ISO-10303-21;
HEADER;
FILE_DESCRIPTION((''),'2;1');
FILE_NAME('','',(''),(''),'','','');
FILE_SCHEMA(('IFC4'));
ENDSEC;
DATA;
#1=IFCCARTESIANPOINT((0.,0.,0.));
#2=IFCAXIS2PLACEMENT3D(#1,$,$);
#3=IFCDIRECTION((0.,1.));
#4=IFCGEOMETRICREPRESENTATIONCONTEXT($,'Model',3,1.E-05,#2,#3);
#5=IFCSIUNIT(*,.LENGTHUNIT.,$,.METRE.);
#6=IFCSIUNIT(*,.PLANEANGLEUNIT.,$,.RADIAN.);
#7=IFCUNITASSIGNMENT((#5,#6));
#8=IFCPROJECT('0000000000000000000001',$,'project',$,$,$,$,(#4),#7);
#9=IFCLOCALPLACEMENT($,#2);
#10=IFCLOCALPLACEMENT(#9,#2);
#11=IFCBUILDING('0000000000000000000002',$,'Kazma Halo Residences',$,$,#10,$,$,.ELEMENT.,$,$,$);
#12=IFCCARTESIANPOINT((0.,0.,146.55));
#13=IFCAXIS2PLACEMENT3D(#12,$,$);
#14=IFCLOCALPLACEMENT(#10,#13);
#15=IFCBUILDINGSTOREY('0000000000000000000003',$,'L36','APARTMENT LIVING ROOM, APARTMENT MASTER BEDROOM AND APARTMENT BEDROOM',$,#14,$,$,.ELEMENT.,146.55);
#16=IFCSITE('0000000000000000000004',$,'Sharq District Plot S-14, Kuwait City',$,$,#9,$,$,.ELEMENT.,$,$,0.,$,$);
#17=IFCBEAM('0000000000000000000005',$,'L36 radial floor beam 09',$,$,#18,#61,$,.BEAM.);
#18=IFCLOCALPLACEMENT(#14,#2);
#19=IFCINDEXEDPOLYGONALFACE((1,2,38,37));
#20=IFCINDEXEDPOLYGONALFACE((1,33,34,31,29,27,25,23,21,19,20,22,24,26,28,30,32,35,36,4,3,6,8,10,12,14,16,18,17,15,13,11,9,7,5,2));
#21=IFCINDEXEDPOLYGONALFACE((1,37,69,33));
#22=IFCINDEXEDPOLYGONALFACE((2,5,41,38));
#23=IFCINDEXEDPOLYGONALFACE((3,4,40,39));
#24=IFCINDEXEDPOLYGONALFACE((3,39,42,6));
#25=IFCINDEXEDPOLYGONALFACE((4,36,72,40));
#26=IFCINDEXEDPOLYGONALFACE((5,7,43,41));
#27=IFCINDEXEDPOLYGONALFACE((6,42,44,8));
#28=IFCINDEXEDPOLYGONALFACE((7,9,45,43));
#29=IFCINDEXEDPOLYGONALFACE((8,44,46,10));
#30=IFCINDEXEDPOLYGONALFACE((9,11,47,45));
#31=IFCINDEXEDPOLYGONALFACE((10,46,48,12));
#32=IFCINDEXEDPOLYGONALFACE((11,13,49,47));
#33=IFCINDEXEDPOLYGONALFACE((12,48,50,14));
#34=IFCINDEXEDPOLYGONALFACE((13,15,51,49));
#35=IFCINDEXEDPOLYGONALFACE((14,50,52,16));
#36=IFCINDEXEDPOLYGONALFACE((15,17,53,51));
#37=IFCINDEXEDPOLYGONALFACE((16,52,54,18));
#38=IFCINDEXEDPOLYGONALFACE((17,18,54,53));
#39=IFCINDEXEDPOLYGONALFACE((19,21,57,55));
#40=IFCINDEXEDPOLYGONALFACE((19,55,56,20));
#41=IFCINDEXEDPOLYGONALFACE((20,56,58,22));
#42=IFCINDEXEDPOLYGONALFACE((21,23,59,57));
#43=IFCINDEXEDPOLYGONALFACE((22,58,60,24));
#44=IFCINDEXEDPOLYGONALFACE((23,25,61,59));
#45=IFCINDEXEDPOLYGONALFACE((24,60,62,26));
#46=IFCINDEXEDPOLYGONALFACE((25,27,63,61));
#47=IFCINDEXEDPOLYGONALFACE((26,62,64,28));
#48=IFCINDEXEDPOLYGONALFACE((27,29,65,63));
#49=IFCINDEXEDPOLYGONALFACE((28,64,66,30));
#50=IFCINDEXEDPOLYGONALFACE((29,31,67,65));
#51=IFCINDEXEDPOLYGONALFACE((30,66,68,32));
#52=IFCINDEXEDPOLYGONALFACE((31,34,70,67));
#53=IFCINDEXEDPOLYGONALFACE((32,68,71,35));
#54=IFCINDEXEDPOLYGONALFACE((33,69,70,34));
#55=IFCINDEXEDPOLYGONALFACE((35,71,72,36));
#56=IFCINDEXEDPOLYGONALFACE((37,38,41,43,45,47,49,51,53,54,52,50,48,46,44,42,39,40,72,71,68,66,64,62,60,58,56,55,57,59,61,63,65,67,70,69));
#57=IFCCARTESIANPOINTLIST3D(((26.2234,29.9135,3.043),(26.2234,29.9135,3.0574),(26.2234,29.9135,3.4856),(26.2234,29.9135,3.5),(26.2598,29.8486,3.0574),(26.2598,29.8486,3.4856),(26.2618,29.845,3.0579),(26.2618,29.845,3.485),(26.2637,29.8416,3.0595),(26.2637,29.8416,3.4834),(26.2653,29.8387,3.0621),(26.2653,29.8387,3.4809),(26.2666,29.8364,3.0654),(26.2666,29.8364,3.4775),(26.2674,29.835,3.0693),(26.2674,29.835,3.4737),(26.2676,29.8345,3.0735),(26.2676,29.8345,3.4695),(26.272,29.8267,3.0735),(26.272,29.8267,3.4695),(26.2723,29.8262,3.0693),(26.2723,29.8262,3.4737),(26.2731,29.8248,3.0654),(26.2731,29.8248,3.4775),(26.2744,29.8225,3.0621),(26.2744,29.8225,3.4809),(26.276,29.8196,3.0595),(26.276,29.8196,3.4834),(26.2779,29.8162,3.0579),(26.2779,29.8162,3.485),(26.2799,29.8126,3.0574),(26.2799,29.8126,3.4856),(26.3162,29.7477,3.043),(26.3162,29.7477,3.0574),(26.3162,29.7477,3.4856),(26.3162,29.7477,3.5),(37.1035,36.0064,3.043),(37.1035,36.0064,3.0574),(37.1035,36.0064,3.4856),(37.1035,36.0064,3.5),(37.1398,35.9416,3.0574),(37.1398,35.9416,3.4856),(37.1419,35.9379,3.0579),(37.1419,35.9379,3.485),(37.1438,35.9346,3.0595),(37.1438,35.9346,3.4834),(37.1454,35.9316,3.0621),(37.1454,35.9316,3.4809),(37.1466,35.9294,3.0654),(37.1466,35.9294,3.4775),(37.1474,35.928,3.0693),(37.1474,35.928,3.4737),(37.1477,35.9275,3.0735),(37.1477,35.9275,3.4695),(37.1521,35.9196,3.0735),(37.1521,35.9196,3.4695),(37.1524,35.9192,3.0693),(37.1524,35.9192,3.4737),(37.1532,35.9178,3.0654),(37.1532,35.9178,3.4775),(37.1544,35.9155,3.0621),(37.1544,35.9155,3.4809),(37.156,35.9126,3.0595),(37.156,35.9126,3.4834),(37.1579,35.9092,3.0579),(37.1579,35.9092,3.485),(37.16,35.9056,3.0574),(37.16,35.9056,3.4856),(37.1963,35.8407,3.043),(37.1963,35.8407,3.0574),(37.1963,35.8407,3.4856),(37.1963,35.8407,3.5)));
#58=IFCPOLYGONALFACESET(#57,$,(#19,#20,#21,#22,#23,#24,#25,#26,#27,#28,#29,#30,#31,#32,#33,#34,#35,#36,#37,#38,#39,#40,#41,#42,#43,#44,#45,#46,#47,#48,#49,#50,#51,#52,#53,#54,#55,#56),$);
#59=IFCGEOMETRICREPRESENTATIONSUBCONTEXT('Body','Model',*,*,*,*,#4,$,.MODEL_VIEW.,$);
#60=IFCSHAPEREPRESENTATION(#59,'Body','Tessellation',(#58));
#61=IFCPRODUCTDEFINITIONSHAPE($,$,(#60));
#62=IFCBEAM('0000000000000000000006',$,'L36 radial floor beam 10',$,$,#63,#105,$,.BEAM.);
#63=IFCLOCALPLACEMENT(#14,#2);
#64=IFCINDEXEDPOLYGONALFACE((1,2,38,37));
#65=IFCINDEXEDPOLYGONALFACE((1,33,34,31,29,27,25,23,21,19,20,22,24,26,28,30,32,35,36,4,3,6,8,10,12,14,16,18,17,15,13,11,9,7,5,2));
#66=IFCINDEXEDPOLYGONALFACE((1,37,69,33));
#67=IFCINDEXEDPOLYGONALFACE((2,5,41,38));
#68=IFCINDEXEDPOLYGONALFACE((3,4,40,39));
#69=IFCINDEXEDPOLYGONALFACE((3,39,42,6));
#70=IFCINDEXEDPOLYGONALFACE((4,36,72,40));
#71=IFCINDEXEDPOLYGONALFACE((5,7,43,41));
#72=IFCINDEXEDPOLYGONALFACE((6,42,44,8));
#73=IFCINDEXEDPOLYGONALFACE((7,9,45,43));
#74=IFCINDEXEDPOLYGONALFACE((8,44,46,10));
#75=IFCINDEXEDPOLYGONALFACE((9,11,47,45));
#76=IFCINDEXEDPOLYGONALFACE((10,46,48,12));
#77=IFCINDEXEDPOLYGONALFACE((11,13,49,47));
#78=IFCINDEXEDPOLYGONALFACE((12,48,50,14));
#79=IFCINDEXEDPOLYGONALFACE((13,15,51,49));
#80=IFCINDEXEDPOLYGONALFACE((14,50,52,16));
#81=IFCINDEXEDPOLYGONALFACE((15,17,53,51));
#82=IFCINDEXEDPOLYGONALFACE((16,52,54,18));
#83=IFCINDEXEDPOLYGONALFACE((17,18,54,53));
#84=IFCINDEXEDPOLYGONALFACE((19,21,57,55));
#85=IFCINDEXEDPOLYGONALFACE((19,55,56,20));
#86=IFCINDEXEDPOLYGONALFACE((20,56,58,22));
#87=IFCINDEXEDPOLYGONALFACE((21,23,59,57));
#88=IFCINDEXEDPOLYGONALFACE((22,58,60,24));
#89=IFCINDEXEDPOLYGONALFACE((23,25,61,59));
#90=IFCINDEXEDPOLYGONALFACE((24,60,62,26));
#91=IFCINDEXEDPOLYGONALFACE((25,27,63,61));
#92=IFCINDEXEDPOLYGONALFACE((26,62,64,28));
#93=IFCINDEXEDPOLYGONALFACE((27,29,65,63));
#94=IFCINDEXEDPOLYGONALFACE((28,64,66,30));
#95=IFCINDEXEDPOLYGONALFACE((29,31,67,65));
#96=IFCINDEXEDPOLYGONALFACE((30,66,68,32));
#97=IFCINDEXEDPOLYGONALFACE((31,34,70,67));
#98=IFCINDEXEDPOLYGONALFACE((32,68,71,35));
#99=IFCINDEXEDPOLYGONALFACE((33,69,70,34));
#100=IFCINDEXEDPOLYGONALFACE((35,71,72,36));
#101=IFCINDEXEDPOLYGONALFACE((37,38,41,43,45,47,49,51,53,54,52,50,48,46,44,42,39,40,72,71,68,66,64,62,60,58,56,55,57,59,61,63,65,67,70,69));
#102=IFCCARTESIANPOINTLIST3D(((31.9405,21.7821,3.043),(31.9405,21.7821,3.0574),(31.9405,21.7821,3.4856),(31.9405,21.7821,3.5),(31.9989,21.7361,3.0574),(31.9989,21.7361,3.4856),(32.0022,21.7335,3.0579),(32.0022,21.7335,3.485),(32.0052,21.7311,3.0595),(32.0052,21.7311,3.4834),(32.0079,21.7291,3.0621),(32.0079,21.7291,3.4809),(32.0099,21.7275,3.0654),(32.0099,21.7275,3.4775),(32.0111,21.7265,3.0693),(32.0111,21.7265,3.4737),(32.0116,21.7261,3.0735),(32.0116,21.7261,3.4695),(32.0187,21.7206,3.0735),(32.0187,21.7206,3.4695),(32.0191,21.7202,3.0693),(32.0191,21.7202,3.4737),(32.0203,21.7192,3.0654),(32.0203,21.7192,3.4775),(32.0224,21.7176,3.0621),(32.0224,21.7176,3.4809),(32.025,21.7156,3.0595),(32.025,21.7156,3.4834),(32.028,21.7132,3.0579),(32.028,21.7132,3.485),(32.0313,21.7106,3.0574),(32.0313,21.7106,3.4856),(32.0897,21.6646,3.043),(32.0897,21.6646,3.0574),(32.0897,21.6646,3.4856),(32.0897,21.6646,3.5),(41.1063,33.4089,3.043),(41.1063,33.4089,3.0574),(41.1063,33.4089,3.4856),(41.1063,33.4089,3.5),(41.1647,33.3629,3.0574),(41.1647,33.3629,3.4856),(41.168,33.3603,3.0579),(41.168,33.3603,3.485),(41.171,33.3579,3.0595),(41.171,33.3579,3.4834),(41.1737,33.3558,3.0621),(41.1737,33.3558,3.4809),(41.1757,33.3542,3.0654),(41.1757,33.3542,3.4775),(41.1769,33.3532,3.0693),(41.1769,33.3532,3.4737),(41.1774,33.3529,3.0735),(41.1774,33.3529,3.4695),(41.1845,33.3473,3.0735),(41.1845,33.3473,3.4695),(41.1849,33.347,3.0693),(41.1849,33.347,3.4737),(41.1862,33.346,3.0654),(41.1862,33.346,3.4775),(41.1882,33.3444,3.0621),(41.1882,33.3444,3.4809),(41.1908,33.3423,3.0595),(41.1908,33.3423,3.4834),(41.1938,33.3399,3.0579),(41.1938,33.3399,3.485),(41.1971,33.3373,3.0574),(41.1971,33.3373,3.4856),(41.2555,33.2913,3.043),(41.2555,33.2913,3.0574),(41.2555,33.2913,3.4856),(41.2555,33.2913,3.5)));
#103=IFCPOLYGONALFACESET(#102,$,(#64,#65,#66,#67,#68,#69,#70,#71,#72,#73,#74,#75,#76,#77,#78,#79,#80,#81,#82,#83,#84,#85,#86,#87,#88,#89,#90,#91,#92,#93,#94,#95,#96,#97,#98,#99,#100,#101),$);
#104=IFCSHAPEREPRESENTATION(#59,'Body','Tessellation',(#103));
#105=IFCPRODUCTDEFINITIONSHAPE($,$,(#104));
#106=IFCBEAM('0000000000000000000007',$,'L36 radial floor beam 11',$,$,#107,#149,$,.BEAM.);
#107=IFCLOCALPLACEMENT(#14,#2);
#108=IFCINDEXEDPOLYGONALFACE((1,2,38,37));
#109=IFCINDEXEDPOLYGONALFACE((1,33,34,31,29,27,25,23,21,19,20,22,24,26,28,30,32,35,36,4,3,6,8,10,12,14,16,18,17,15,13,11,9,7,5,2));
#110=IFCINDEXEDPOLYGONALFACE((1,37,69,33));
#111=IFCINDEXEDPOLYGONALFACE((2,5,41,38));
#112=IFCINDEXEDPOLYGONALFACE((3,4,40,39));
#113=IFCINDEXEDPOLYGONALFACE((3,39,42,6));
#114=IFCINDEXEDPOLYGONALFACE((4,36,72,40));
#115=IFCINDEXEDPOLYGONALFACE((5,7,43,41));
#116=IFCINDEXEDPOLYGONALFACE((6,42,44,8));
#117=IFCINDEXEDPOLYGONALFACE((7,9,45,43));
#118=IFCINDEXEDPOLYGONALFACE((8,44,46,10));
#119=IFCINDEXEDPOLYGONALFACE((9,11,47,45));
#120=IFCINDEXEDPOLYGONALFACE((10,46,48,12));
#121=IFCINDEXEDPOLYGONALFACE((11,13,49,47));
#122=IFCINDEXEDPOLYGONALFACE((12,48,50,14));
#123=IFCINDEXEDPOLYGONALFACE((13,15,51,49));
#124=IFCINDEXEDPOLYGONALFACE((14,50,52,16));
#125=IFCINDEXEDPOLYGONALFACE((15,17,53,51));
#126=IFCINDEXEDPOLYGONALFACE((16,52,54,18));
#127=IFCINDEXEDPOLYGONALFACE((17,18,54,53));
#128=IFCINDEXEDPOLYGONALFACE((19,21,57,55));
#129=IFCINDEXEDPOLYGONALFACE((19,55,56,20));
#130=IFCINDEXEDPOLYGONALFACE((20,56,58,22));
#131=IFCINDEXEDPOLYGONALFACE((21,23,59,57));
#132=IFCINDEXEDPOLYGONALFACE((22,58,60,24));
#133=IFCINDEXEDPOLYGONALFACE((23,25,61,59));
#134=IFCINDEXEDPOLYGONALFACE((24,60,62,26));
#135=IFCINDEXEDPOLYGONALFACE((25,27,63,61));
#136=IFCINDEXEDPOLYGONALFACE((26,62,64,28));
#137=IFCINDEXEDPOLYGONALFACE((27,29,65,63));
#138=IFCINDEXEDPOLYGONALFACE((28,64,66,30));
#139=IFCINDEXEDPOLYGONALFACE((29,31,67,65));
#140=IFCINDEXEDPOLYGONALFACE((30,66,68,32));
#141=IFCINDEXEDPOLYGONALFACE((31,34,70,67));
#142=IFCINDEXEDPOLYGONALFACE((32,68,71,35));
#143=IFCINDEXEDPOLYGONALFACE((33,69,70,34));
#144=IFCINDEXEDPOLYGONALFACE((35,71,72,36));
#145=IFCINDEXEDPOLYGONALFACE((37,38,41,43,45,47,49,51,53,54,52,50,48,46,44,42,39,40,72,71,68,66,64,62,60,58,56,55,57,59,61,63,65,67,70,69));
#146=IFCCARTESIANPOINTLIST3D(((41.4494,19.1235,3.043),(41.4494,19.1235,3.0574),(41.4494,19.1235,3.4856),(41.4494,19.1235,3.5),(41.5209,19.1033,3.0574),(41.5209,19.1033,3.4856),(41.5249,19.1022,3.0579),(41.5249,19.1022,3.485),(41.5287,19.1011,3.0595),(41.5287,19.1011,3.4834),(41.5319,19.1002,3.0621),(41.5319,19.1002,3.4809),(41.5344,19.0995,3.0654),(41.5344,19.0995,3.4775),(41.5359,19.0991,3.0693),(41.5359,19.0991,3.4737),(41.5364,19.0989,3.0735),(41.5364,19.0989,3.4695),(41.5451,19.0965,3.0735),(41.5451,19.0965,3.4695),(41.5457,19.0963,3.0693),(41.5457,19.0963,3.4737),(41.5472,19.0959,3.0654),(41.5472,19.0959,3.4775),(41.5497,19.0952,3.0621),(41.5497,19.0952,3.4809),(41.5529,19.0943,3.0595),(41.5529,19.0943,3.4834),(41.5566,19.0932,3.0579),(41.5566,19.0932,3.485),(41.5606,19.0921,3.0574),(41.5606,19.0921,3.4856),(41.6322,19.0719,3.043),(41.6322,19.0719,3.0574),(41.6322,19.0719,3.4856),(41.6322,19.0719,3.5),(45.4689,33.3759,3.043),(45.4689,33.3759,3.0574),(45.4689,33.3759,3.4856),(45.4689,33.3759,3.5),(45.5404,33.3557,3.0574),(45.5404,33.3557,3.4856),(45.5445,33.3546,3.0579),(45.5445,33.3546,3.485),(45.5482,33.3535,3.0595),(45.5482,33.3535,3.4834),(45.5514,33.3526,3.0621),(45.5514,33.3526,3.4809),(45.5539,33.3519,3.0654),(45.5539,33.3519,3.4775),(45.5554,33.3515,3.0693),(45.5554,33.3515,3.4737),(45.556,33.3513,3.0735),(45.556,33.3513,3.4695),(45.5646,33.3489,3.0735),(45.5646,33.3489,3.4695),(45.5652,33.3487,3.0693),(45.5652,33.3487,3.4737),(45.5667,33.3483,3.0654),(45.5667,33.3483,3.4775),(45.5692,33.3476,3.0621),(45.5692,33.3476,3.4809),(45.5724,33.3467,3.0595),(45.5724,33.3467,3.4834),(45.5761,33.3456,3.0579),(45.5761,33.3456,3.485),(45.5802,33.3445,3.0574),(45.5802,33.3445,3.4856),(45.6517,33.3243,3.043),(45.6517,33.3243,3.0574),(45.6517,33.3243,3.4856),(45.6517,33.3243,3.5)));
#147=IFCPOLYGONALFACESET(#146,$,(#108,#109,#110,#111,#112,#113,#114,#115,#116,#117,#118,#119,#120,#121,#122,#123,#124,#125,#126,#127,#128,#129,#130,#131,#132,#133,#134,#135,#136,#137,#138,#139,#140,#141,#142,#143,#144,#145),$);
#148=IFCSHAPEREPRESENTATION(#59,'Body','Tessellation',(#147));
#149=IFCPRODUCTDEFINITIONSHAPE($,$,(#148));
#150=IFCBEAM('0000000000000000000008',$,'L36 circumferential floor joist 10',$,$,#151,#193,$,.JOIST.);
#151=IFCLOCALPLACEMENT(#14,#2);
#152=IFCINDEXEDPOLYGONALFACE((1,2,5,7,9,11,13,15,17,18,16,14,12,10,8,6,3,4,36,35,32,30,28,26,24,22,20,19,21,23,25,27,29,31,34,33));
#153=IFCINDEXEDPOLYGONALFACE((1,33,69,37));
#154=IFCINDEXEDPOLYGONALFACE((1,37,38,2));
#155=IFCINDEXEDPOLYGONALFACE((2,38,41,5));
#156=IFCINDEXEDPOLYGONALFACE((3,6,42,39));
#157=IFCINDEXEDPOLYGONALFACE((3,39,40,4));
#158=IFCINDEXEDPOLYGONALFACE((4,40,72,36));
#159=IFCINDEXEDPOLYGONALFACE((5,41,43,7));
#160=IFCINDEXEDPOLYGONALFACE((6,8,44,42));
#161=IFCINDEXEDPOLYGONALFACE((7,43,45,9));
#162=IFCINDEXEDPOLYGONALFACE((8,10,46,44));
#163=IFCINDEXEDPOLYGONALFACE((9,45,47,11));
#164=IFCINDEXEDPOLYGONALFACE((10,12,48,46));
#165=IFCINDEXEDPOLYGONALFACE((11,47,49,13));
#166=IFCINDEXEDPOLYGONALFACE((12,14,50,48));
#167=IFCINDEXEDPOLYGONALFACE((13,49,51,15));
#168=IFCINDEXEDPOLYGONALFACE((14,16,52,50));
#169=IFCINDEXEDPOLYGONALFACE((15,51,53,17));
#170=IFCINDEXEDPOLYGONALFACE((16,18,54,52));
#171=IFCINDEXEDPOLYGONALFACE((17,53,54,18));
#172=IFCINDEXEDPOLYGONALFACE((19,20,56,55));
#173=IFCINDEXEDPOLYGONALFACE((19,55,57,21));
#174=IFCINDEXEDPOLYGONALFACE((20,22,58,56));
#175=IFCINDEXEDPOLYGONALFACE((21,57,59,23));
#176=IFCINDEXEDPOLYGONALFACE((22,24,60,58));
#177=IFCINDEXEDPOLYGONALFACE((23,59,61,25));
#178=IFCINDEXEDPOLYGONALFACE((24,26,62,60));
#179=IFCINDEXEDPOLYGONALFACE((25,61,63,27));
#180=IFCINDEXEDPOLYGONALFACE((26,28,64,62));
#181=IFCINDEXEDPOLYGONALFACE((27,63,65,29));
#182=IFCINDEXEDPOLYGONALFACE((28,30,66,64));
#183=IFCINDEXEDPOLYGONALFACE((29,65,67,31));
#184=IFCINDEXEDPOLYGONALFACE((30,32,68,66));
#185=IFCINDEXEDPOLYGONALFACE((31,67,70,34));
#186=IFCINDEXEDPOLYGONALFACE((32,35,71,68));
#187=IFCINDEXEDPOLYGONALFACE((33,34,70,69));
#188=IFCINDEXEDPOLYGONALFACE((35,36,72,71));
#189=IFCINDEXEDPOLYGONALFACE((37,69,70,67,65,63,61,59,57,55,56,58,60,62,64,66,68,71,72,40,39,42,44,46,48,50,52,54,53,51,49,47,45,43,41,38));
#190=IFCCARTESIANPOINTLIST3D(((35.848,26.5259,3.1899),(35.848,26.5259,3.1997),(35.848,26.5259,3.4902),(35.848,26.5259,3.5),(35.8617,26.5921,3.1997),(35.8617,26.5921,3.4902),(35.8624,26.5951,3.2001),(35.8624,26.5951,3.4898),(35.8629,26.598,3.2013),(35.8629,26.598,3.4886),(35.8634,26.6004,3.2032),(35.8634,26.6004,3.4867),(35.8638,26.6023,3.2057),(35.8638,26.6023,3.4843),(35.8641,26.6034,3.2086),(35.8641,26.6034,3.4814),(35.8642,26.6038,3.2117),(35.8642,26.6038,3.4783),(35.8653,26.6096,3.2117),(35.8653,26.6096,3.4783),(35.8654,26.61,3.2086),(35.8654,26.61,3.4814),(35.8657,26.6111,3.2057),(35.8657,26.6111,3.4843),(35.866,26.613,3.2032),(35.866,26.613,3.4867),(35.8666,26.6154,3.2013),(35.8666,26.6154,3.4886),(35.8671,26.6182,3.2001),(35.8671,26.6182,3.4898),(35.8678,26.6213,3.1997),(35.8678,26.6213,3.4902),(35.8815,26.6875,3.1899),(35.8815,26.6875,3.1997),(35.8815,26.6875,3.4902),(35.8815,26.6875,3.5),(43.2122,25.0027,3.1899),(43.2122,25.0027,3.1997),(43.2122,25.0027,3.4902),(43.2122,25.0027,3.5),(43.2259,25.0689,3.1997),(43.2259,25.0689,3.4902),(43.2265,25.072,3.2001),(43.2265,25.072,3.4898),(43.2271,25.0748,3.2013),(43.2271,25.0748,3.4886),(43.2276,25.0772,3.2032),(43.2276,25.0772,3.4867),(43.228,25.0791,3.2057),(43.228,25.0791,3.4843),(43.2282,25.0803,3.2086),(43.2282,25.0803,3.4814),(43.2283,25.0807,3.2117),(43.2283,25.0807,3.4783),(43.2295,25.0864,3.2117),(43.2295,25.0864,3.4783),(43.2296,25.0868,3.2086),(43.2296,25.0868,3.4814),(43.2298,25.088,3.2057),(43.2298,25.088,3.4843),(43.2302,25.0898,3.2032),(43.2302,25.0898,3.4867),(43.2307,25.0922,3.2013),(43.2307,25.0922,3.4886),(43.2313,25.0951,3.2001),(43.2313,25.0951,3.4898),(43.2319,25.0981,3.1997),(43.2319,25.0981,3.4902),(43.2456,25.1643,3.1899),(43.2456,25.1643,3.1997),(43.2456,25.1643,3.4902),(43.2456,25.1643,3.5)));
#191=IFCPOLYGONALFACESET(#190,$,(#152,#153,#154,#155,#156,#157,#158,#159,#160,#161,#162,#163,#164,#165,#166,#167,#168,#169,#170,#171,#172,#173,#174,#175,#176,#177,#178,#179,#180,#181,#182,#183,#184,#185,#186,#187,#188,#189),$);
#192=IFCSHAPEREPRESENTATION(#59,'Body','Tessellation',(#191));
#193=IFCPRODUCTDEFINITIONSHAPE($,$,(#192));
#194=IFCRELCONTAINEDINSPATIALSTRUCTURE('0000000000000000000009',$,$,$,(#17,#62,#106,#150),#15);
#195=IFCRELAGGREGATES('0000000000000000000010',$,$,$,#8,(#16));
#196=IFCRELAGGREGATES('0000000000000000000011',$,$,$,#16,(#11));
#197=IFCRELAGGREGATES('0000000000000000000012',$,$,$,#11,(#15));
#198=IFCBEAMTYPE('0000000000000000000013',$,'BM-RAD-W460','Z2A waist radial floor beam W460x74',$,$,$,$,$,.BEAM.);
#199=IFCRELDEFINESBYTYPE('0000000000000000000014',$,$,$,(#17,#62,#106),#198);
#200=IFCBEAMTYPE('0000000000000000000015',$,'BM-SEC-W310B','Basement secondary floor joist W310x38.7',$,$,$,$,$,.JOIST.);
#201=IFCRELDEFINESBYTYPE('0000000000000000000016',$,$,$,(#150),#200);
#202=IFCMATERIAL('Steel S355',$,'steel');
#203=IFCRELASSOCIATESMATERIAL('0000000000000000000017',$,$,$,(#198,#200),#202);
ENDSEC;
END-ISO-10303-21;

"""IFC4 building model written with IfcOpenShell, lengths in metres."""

from ifc_helpers import new_model, si_unit, direction, frame, origin, origin_2d, place, context, subcontext, project, spatial, i_section, extrude, material, material_profile, profile_set, type_object, element, save


model = new_model("IFC4")

# Units and contexts
model_context = context("Model", 3, precision=1e-05, world=origin(), true_north=direction((0.0, 1.0)))
body_context = subcontext(model_context, "Body", "Model", "MODEL_VIEW")
ifc_project = project(units=[si_unit("LENGTHUNIT", "METRE"), si_unit("PLANEANGLEUNIT", "RADIAN")], contexts=[model_context])

# Site, building, storey
site_placement = place(None, origin())
site = spatial("IfcSite", under=ifc_project, at=site_placement, Name="Sharq District Plot S-14, Kuwait City", CompositionType="ELEMENT", RefElevation=0.0)
building_placement = place(site_placement, origin())
building = spatial("IfcBuilding", under=site, at=building_placement, Name="Kazma Halo Residences", CompositionType="ELEMENT")
storey_placement = place(building_placement, frame((0.0, 0.0, 146.55)))
storey = spatial("IfcBuildingStorey", under=building, at=storey_placement, Name="L36", Description="APARTMENT LIVING ROOM, APARTMENT MASTER BEDROOM AND APARTMENT BEDROOM", CompositionType="ELEMENT", Elevation=146.55)

# Beams
ifc_material_1 = material(Name="Steel S355", Category="steel")
ifc_material_profile_1 = material_profile(ifc_material_1, i_section(OverallWidth=0.1899, OverallDepth=0.457, WebThickness=0.009, FlangeThickness=0.0144, FilletRadius=0.0161, at=origin_2d()), Name="W460x74")
ifc_profile_set_1 = profile_set([ifc_material_profile_1], Name="Steel S355")
beam_type_1 = type_object("IfcBeamType", Name="BM-RAD-W460", Description="Z2A waist radial floor beam W460x74", PredefinedType="BEAM", material=ifc_profile_set_1)
beam_1_placement = place(storey_placement, frame((37.1499, 35.9236, 3.2715), z_axis=(-0.872501, -0.488612, 0.0), x_axis=(0.488612, -0.872501, 0.0)))
element("IfcBeam", 1, at=beam_1_placement, inside=storey, type_object=beam_type_1, Name="L36 radial floor beam 09", PredefinedType="BEAM", context=body_context, shape_type="SweptSolid", body=[
    extrude(i_section(OverallWidth=0.1899, OverallDepth=0.457, WebThickness=0.009, FlangeThickness=0.0144, FilletRadius=0.0161, at=origin_2d()), origin(), (0.0, 0.0, 1.0), 12.47),
])
beam_2_placement = place(storey_placement, frame((41.1809, 33.3501, 3.2715), z_axis=(-0.619094, -0.785316, 0.0), x_axis=(0.785316, -0.619094, 0.0)))
element("IfcBeam", 2, at=beam_2_placement, inside=storey, type_object=beam_type_1, Name="L36 radial floor beam 10", PredefinedType="BEAM", context=body_context, shape_type="SweptSolid", body=[
    extrude(i_section(OverallWidth=0.1899, OverallDepth=0.457, WebThickness=0.009, FlangeThickness=0.0144, FilletRadius=0.0161, at=origin_2d()), origin(), (0.0, 0.0, 1.0), 14.8052),
])
beam_3_placement = place(storey_placement, frame((45.5603, 33.3501, 3.2715), z_axis=(-0.271436, -0.962457, 0.0), x_axis=(0.962457, -0.271436, 0.0)))
element("IfcBeam", 3, at=beam_3_placement, inside=storey, type_object=beam_type_1, Name="L36 radial floor beam 11", PredefinedType="BEAM", context=body_context, shape_type="SweptSolid", body=[
    extrude(i_section(OverallWidth=0.1899, OverallDepth=0.457, WebThickness=0.009, FlangeThickness=0.0144, FilletRadius=0.0161, at=origin_2d()), origin(), (0.0, 0.0, 1.0), 14.8083),
])
ifc_material_profile_2 = material_profile(ifc_material_1, i_section(OverallWidth=0.165, OverallDepth=0.3101, WebThickness=0.0059, FlangeThickness=0.0098, FilletRadius=0.012, at=origin_2d()), Name="W310x38.7")
ifc_profile_set_2 = profile_set([ifc_material_profile_2], Name="Steel S355")
beam_type_2 = type_object("IfcBeamType", Name="BM-SEC-W310B", Description="Basement secondary floor joist W310x38.7", PredefinedType="JOIST", material=ifc_profile_set_2)
beam_4_placement = place(storey_placement, frame((35.8647, 26.6067, 3.345), z_axis=(0.979272, -0.202549, 0.0), x_axis=(0.202549, 0.979272, 0.0)))
element("IfcBeam", 4, at=beam_4_placement, inside=storey, type_object=beam_type_2, Name="L36 circumferential floor joist 10", PredefinedType="JOIST", context=body_context, shape_type="SweptSolid", body=[
    extrude(i_section(OverallWidth=0.165, OverallDepth=0.3101, WebThickness=0.0059, FlangeThickness=0.0098, FilletRadius=0.012, at=origin_2d()), origin(), (0.0, 0.0, 1.0), 7.52),
])

save(model, "model.ifc")
